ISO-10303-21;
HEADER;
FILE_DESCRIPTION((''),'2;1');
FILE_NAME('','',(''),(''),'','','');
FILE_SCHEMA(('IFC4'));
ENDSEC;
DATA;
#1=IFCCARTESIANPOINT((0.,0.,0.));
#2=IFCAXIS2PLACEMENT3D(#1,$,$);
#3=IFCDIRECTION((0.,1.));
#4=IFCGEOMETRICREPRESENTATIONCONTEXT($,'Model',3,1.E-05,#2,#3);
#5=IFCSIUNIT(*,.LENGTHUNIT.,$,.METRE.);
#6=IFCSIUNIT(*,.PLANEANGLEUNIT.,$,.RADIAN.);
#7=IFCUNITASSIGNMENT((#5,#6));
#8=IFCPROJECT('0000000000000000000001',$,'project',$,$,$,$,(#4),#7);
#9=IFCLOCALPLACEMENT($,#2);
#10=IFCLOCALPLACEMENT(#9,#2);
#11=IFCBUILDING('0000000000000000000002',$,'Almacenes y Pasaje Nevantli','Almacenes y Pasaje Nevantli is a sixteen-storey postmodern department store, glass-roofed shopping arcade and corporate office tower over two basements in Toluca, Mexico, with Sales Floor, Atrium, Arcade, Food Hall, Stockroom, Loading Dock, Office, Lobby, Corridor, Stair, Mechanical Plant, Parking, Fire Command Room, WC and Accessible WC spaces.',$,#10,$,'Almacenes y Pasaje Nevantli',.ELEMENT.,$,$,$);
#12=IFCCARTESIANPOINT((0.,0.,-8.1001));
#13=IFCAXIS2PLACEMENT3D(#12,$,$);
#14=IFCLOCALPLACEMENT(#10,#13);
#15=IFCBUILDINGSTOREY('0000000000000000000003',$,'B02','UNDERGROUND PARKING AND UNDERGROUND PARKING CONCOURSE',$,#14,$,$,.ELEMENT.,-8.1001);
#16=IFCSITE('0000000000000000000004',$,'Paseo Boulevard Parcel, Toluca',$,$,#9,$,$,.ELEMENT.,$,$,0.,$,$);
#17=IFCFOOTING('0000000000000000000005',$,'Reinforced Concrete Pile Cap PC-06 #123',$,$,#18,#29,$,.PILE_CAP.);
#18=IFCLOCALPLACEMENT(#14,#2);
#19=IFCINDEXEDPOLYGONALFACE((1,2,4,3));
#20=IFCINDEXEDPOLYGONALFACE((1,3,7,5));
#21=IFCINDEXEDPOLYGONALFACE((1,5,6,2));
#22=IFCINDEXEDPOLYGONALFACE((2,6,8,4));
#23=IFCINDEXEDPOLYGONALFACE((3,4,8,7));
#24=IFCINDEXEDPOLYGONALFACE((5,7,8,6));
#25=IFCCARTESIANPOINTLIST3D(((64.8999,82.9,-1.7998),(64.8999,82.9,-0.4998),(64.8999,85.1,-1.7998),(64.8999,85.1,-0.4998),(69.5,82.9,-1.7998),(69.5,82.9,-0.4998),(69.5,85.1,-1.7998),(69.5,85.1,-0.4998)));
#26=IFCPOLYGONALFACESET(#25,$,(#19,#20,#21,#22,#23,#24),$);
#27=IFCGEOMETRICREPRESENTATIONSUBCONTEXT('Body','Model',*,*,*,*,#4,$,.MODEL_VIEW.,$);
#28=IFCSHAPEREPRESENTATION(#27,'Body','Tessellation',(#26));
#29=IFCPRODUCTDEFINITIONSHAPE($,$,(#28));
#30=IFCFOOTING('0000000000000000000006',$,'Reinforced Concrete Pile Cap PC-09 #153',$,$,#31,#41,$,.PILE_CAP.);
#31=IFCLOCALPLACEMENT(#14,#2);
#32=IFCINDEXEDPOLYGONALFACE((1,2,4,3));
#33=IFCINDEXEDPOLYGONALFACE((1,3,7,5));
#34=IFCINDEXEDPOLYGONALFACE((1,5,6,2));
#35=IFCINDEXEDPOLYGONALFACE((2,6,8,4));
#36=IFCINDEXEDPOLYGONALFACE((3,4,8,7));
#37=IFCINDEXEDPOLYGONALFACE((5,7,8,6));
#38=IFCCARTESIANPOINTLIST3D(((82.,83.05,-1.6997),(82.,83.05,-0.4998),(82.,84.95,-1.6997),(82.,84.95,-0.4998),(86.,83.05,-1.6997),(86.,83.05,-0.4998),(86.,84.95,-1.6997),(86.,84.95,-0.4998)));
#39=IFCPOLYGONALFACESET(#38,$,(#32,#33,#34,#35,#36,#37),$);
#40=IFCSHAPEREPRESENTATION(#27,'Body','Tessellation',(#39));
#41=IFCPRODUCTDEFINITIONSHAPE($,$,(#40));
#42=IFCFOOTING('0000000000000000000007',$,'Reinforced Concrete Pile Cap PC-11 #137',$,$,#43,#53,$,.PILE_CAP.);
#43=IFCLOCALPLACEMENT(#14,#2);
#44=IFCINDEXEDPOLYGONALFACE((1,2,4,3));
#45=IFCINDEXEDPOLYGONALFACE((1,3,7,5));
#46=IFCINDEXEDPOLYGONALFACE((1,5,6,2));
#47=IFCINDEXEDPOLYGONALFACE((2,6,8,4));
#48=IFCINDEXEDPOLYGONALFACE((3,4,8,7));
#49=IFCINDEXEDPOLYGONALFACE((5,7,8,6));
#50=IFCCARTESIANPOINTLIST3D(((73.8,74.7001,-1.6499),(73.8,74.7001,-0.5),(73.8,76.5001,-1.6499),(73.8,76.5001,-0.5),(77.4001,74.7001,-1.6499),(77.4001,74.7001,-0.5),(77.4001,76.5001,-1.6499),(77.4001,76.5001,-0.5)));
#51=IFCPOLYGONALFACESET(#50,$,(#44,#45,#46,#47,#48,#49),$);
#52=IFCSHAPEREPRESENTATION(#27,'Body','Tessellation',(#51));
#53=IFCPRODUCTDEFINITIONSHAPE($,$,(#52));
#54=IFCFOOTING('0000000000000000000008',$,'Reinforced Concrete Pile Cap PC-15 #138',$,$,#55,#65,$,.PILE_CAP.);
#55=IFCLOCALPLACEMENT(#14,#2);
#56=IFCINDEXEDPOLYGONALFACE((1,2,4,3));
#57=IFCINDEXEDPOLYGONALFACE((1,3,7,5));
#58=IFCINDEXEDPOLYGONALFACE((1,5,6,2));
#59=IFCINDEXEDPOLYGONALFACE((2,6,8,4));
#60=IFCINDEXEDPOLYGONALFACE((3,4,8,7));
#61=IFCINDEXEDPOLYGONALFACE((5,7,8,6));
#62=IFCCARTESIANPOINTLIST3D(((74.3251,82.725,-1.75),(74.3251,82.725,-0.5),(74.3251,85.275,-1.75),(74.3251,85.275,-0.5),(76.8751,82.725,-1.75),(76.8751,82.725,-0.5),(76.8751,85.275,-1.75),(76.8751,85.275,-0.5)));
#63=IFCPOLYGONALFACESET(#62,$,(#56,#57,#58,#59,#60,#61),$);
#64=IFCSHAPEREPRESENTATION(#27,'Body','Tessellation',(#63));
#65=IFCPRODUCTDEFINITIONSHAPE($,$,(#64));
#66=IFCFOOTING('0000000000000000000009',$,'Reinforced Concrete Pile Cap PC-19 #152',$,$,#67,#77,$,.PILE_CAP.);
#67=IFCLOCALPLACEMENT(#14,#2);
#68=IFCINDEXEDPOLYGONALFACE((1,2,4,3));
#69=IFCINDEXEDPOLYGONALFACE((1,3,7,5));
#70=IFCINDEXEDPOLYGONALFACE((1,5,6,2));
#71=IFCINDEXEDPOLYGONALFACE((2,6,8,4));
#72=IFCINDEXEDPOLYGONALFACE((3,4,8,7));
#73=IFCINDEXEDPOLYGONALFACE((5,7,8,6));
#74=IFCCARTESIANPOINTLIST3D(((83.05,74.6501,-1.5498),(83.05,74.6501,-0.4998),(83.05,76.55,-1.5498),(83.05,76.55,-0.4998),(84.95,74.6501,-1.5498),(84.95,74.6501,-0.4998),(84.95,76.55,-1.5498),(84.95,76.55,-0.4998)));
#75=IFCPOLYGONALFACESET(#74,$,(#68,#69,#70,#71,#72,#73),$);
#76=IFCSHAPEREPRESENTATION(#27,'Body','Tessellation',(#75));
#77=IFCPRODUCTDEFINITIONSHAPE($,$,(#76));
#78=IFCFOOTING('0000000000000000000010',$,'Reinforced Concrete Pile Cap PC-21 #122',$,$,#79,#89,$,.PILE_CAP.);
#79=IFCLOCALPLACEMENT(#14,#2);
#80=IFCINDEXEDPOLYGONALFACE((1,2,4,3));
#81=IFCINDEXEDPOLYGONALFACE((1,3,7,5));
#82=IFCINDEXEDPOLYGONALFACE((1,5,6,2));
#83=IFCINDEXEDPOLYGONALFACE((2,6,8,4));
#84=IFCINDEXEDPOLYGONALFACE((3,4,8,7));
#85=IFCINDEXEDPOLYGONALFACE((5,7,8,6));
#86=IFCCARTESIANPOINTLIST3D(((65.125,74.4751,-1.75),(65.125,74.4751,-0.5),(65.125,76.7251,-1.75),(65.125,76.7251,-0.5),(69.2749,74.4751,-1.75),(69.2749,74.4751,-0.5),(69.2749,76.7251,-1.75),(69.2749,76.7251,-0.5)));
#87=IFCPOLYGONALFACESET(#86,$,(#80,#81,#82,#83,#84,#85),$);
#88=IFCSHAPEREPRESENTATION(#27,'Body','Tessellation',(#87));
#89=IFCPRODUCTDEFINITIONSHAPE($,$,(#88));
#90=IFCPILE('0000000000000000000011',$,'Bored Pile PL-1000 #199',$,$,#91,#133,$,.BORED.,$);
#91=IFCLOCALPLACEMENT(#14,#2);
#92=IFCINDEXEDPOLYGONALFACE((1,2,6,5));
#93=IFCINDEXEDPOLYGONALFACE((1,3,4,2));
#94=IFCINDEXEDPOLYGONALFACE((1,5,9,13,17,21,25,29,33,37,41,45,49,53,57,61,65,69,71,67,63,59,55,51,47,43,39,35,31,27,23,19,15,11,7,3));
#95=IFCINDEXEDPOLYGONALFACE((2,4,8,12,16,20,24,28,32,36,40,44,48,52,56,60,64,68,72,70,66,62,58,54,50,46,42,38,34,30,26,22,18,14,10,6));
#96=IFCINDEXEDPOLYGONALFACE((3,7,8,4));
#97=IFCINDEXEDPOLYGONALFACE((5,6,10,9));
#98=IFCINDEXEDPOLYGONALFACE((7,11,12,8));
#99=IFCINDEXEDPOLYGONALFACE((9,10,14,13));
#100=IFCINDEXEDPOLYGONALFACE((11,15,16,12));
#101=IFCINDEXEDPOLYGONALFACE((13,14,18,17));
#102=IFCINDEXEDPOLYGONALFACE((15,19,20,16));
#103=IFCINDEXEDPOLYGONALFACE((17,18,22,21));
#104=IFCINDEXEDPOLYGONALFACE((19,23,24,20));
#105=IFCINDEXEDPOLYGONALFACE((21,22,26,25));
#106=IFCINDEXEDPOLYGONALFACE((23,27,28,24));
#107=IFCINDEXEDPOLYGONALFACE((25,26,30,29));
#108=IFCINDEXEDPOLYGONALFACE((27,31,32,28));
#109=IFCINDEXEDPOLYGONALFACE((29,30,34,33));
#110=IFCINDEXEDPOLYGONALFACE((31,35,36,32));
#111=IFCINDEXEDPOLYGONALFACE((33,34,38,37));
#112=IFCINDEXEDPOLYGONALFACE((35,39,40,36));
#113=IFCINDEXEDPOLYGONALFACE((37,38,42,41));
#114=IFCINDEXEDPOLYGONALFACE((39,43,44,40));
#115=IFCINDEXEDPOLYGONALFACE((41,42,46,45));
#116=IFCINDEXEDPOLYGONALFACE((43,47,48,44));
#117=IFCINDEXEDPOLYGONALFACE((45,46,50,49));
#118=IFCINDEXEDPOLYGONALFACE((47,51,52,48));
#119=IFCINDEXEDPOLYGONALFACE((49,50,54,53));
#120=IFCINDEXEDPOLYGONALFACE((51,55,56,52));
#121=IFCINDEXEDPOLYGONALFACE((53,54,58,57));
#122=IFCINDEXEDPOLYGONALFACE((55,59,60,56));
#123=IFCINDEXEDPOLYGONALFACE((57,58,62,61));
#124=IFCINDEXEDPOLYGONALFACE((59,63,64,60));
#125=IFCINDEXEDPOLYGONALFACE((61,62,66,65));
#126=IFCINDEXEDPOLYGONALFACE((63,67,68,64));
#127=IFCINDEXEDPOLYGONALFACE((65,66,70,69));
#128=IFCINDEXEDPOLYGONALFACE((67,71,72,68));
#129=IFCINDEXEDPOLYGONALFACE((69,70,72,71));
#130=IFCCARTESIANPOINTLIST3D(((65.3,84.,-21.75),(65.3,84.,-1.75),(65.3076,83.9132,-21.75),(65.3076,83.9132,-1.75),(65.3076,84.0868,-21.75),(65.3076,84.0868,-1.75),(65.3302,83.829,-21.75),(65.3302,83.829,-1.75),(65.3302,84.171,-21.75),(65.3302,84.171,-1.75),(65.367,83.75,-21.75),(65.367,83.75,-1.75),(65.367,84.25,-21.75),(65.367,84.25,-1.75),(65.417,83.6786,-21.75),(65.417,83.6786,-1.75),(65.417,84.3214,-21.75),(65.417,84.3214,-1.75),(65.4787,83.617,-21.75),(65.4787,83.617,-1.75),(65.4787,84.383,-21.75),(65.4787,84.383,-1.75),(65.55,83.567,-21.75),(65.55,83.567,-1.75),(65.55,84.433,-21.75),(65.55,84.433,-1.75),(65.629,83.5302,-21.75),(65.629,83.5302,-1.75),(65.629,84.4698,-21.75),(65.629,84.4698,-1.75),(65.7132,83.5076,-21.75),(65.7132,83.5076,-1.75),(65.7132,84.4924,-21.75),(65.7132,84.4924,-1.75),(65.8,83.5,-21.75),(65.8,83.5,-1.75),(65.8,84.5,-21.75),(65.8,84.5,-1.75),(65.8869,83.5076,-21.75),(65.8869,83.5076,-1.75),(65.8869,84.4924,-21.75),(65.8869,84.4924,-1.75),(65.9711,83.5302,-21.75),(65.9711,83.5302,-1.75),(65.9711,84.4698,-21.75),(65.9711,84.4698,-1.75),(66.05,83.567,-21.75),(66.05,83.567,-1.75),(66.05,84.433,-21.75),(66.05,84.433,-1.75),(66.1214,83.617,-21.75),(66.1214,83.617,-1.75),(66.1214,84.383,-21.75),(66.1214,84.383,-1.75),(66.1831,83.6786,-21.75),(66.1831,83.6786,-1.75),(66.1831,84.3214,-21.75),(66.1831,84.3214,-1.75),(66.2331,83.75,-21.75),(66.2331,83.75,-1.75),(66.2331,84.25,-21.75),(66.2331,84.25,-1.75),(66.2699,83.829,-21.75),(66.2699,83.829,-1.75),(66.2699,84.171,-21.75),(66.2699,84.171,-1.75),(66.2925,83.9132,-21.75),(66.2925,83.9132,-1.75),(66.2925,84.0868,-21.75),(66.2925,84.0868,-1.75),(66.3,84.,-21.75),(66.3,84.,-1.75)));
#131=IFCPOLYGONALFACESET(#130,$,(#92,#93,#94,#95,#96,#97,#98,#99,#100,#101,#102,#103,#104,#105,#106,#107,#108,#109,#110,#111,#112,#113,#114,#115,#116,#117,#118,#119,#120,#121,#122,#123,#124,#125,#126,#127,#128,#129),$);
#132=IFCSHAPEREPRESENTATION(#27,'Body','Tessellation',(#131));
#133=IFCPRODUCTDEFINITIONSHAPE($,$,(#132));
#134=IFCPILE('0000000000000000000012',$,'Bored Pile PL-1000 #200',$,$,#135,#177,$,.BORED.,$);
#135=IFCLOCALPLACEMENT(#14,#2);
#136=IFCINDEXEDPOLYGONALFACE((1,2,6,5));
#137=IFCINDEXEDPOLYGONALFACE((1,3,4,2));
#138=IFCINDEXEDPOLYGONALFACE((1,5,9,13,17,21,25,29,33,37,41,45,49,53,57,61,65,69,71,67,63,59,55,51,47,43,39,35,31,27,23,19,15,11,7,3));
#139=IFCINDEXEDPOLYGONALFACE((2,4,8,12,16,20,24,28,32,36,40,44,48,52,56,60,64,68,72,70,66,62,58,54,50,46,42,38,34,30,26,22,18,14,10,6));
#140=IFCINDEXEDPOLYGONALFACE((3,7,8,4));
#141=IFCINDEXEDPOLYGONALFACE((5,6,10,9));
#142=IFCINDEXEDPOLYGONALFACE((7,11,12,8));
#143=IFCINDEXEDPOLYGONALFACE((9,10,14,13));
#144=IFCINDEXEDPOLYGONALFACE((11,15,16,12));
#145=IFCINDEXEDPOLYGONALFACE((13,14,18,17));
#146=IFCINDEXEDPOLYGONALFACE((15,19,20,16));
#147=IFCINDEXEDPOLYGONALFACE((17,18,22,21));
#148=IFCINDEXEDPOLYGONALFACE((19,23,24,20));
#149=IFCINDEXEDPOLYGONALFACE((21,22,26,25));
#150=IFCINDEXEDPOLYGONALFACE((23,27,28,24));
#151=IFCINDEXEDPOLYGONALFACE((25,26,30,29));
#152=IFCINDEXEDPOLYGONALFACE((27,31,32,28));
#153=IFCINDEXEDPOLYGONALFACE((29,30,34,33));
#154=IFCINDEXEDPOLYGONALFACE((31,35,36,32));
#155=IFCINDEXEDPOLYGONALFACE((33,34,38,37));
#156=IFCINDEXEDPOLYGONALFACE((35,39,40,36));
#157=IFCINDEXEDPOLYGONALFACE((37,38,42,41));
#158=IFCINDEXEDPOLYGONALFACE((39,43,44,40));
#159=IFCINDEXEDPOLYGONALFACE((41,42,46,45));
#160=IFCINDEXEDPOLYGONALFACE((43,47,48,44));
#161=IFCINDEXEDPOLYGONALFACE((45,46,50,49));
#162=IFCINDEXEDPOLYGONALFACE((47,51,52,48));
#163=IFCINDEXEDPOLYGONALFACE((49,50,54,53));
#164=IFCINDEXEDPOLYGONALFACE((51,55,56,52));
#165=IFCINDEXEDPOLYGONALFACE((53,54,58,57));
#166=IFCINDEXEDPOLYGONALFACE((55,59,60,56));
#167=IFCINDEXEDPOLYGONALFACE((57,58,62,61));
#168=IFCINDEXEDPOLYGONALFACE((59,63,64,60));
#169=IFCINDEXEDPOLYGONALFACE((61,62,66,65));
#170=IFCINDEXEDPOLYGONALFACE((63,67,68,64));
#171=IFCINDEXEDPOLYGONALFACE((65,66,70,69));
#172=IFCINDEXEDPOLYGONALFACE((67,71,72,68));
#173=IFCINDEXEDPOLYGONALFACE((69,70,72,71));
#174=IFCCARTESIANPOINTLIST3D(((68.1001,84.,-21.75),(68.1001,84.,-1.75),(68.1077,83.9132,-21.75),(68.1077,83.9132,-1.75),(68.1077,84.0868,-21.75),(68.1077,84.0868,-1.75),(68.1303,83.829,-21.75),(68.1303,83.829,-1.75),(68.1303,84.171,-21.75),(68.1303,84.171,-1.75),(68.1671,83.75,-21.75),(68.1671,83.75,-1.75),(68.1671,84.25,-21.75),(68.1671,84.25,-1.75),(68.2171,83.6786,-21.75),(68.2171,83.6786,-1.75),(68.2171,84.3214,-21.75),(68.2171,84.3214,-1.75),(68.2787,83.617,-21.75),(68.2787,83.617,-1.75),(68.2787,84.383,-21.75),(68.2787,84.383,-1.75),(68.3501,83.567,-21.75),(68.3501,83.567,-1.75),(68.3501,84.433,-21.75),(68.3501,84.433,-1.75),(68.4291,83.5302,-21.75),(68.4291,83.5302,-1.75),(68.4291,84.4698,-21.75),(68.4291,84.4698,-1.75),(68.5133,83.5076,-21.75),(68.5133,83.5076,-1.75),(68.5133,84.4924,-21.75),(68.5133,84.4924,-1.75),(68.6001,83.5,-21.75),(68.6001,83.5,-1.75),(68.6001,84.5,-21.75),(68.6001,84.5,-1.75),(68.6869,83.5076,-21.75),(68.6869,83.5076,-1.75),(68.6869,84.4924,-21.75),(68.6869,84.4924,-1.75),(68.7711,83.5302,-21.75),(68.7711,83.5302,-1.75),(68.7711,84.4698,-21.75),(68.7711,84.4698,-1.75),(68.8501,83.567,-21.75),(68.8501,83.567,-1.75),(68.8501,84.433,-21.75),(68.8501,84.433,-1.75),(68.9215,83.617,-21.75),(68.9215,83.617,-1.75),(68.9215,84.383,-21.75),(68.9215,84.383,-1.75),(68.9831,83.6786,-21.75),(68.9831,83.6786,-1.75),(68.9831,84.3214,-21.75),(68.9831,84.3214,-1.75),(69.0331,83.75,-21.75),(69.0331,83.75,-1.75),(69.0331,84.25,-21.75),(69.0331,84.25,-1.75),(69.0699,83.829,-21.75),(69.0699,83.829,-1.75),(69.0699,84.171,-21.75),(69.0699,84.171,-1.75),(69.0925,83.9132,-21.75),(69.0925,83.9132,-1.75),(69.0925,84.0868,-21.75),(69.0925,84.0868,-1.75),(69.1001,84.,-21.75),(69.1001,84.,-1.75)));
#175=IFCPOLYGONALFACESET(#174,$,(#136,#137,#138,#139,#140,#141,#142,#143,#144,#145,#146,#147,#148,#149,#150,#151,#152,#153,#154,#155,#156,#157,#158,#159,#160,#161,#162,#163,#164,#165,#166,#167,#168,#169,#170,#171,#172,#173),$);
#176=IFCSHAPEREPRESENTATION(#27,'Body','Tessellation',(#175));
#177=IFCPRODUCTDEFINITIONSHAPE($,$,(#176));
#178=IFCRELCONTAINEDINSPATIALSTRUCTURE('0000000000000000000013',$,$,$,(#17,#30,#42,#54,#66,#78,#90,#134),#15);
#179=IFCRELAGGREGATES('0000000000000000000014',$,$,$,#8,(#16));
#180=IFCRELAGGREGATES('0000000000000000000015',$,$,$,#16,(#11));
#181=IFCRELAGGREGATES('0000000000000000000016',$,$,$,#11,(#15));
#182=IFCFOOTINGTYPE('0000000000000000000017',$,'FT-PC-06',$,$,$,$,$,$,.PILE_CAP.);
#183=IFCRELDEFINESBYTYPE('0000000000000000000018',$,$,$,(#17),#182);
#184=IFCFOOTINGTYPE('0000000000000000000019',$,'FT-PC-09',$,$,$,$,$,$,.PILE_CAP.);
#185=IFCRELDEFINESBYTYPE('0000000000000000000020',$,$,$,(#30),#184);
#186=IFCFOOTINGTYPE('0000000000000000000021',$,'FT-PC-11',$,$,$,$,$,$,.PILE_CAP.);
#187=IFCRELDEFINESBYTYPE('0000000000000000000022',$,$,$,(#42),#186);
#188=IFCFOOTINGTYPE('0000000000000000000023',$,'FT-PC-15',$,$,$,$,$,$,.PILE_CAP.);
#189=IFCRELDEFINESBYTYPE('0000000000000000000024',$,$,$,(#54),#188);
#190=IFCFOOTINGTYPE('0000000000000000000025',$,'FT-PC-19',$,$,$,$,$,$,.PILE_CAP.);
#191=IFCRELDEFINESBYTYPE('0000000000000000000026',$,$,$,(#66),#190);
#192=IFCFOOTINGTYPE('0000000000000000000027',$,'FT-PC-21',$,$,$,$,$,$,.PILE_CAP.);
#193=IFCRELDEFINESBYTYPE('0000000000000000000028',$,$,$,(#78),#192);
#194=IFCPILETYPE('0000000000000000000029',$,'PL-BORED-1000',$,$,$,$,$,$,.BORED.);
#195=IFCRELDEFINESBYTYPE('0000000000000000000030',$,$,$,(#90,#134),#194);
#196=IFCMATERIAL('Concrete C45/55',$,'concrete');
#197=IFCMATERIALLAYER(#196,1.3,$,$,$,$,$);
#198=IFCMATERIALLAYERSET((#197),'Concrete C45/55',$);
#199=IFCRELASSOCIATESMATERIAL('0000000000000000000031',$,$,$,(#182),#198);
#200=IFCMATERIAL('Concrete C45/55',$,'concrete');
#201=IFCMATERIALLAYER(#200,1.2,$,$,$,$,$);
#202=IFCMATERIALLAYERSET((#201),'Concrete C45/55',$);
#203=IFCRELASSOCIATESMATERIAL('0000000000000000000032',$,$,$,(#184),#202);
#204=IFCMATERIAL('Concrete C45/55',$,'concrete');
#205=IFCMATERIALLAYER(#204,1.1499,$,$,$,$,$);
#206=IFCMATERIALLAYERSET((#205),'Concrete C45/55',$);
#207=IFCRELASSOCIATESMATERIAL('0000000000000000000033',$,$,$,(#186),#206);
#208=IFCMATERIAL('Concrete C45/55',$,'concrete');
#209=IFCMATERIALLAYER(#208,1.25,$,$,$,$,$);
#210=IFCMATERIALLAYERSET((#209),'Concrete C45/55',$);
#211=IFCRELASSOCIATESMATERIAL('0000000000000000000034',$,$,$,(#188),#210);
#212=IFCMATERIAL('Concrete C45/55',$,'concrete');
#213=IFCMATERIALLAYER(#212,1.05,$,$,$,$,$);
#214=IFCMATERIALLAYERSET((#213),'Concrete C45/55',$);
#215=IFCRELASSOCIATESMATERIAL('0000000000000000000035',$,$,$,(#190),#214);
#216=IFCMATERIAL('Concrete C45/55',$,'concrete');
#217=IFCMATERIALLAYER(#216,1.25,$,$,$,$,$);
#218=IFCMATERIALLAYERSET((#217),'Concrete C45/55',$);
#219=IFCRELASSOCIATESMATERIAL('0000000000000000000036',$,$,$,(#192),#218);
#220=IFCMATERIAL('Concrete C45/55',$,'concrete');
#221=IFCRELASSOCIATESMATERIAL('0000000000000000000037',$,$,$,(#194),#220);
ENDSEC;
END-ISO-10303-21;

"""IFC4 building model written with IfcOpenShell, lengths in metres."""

from ifc_helpers import new_model, si_unit, direction, frame, origin, origin_2d, place, context, subcontext, project, spatial, rectangle, circle, extrude, material, layer, layer_set, material_profile, profile_set, type_object, element, save


model = new_model("IFC4")

# Units and contexts
model_context = context("Model", 3, precision=1e-05, world=origin(), true_north=direction((0.0, 1.0)))
body_context = subcontext(model_context, "Body", "Model", "MODEL_VIEW")
ifc_project = project(units=[si_unit("LENGTHUNIT", "METRE"), si_unit("PLANEANGLEUNIT", "RADIAN")], contexts=[model_context])

# Site, building, storey
site_placement = place(None, origin())
site = spatial("IfcSite", under=ifc_project, at=site_placement, Name="Paseo Boulevard Parcel, Toluca", CompositionType="ELEMENT", RefElevation=0.0)
building_placement = place(site_placement, origin())
building = spatial("IfcBuilding", under=site, at=building_placement, Name="Almacenes y Pasaje Nevantli", Description="Almacenes y Pasaje Nevantli is a sixteen-storey postmodern department store, glass-roofed shopping arcade and corporate office tower over two basements in Toluca, Mexico, with Sales Floor, Atrium, Arcade, Food Hall, Stockroom, Loading Dock, Office, Lobby, Corridor, Stair, Mechanical Plant, Parking, Fire Command Room, WC and Accessible WC spaces.", LongName="Almacenes y Pasaje Nevantli", CompositionType="ELEMENT")
storey_placement = place(building_placement, frame((0.0, 0.0, -8.1001)))
storey = spatial("IfcBuildingStorey", under=building, at=storey_placement, Name="B02", Description="UNDERGROUND PARKING AND UNDERGROUND PARKING CONCOURSE", CompositionType="ELEMENT", Elevation=-8.1001)

# Footings
ifc_material_1 = material(Name="Concrete C45/55", Category="concrete")
ifc_layer_1 = layer(ifc_material_1, 1.3)
ifc_layer_set_1 = layer_set([ifc_layer_1], Name="Concrete C45/55")
footing_type_1 = type_object("IfcFootingType", Name="FT-PC-06", PredefinedType="PILE_CAP", material=ifc_layer_set_1)
footing_1_placement = place(storey_placement, frame((67.2, 84.0, -1.7998), z_axis=(0.0, 0.0, 1.0), x_axis=(1.0, 0.0, 0.0)))
element("IfcFooting", 1, at=footing_1_placement, inside=storey, type_object=footing_type_1, Name="Reinforced Concrete Pile Cap PC-06 #123", PredefinedType="PILE_CAP", context=body_context, shape_type="SweptSolid", body=[
    extrude(rectangle(XDim=4.6001, YDim=2.2, at=origin_2d()), origin(), (0.0, 0.0, 1.0), 1.3),
])
ifc_material_2 = material(Name="Concrete C45/55", Category="concrete")
ifc_layer_2 = layer(ifc_material_2, 1.2)
ifc_layer_set_2 = layer_set([ifc_layer_2], Name="Concrete C45/55")
footing_type_2 = type_object("IfcFootingType", Name="FT-PC-09", PredefinedType="PILE_CAP", material=ifc_layer_set_2)
footing_2_placement = place(storey_placement, frame((84.0, 84.0, -1.6997), z_axis=(0.0, 0.0, 1.0), x_axis=(1.0, 0.0, 0.0)))
element("IfcFooting", 2, at=footing_2_placement, inside=storey, type_object=footing_type_2, Name="Reinforced Concrete Pile Cap PC-09 #153", PredefinedType="PILE_CAP", context=body_context, shape_type="SweptSolid", body=[
    extrude(rectangle(XDim=4.0, YDim=1.8999, at=origin_2d()), origin(), (0.0, 0.0, 1.0), 1.2),
])
ifc_material_3 = material(Name="Concrete C45/55", Category="concrete")
ifc_layer_3 = layer(ifc_material_3, 1.1499)
ifc_layer_set_3 = layer_set([ifc_layer_3], Name="Concrete C45/55")
footing_type_3 = type_object("IfcFootingType", Name="FT-PC-11", PredefinedType="PILE_CAP", material=ifc_layer_set_3)
footing_3_placement = place(storey_placement, frame((75.6001, 75.6001, -1.6499), z_axis=(0.0, 0.0, 1.0), x_axis=(1.0, 0.0, 0.0)))
element("IfcFooting", 3, at=footing_3_placement, inside=storey, type_object=footing_type_3, Name="Reinforced Concrete Pile Cap PC-11 #137", PredefinedType="PILE_CAP", context=body_context, shape_type="SweptSolid", body=[
    extrude(rectangle(XDim=3.6001, YDim=1.8, at=origin_2d()), origin(), (0.0, 0.0, 1.0), 1.1499),
])
ifc_material_4 = material(Name="Concrete C45/55", Category="concrete")
ifc_layer_4 = layer(ifc_material_4, 1.25)
ifc_layer_set_4 = layer_set([ifc_layer_4], Name="Concrete C45/55")
footing_type_4 = type_object("IfcFootingType", Name="FT-PC-15", PredefinedType="PILE_CAP", material=ifc_layer_set_4)
footing_4_placement = place(storey_placement, frame((75.6001, 84.0, -1.75), z_axis=(0.0, 0.0, 1.0), x_axis=(1.0, 0.0, 0.0)))
element("IfcFooting", 4, at=footing_4_placement, inside=storey, type_object=footing_type_4, Name="Reinforced Concrete Pile Cap PC-15 #138", PredefinedType="PILE_CAP", context=body_context, shape_type="SweptSolid", body=[
    extrude(rectangle(XDim=2.55, YDim=2.55, at=origin_2d()), origin(), (0.0, 0.0, 1.0), 1.25),
])
ifc_material_5 = material(Name="Concrete C45/55", Category="concrete")
ifc_layer_5 = layer(ifc_material_5, 1.05)
ifc_layer_set_5 = layer_set([ifc_layer_5], Name="Concrete C45/55")
footing_type_5 = type_object("IfcFootingType", Name="FT-PC-19", PredefinedType="PILE_CAP", material=ifc_layer_set_5)
footing_5_placement = place(storey_placement, frame((84.0, 75.6001, -1.5498), z_axis=(0.0, 0.0, 1.0), x_axis=(1.0, 0.0, 0.0)))
element("IfcFooting", 5, at=footing_5_placement, inside=storey, type_object=footing_type_5, Name="Reinforced Concrete Pile Cap PC-19 #152", PredefinedType="PILE_CAP", context=body_context, shape_type="SweptSolid", body=[
    extrude(rectangle(XDim=1.8999, YDim=1.8999, at=origin_2d()), origin(), (0.0, 0.0, 1.0), 1.05),
])
ifc_material_6 = material(Name="Concrete C45/55", Category="concrete")
ifc_layer_6 = layer(ifc_material_6, 1.25)
ifc_layer_set_6 = layer_set([ifc_layer_6], Name="Concrete C45/55")
footing_type_6 = type_object("IfcFootingType", Name="FT-PC-21", PredefinedType="PILE_CAP", material=ifc_layer_set_6)
footing_6_placement = place(storey_placement, frame((67.2, 75.6001, -1.75), z_axis=(0.0, 0.0, 1.0), x_axis=(1.0, 0.0, 0.0)))
element("IfcFooting", 6, at=footing_6_placement, inside=storey, type_object=footing_type_6, Name="Reinforced Concrete Pile Cap PC-21 #122", PredefinedType="PILE_CAP", context=body_context, shape_type="SweptSolid", body=[
    extrude(rectangle(XDim=4.1499, YDim=2.25, at=origin_2d()), origin(), (0.0, 0.0, 1.0), 1.25),
])

# Piles
ifc_material_7 = material(Name="Concrete C45/55", Category="concrete")
ifc_material_profile_1 = material_profile(ifc_material_7, circle(Radius=0.5, at=origin_2d()), Name="RC-PILE-D1000")
ifc_profile_set_1 = profile_set([ifc_material_profile_1], Name="Concrete C45/55")
pile_type_1 = type_object("IfcPileType", Name="PL-BORED-1000", PredefinedType="BORED", material=ifc_profile_set_1)
for number, where, z_axis, x_axis, name in (
    (7, (65.8, 84.0, -1.75), (0.0, 0.0, -1.0), (1.0, 0.0, 0.0), "Bored Pile PL-1000 #199"),
    (8, (68.6001, 84.0, -1.75), (0.0, 0.0, -1.0), (1.0, 0.0, 0.0), "Bored Pile PL-1000 #200"),
):
    element("IfcPile", number, at=place(storey_placement, frame(where, z_axis=z_axis, x_axis=x_axis)), inside=storey, type_object=pile_type_1, Name=name, PredefinedType="BORED", context=body_context, shape_type="SweptSolid", body=[
        extrude(circle(Radius=0.5, at=origin_2d()), origin(), (0.0, 0.0, 1.0), 20.0),
    ])

save(model, "model.ifc")
